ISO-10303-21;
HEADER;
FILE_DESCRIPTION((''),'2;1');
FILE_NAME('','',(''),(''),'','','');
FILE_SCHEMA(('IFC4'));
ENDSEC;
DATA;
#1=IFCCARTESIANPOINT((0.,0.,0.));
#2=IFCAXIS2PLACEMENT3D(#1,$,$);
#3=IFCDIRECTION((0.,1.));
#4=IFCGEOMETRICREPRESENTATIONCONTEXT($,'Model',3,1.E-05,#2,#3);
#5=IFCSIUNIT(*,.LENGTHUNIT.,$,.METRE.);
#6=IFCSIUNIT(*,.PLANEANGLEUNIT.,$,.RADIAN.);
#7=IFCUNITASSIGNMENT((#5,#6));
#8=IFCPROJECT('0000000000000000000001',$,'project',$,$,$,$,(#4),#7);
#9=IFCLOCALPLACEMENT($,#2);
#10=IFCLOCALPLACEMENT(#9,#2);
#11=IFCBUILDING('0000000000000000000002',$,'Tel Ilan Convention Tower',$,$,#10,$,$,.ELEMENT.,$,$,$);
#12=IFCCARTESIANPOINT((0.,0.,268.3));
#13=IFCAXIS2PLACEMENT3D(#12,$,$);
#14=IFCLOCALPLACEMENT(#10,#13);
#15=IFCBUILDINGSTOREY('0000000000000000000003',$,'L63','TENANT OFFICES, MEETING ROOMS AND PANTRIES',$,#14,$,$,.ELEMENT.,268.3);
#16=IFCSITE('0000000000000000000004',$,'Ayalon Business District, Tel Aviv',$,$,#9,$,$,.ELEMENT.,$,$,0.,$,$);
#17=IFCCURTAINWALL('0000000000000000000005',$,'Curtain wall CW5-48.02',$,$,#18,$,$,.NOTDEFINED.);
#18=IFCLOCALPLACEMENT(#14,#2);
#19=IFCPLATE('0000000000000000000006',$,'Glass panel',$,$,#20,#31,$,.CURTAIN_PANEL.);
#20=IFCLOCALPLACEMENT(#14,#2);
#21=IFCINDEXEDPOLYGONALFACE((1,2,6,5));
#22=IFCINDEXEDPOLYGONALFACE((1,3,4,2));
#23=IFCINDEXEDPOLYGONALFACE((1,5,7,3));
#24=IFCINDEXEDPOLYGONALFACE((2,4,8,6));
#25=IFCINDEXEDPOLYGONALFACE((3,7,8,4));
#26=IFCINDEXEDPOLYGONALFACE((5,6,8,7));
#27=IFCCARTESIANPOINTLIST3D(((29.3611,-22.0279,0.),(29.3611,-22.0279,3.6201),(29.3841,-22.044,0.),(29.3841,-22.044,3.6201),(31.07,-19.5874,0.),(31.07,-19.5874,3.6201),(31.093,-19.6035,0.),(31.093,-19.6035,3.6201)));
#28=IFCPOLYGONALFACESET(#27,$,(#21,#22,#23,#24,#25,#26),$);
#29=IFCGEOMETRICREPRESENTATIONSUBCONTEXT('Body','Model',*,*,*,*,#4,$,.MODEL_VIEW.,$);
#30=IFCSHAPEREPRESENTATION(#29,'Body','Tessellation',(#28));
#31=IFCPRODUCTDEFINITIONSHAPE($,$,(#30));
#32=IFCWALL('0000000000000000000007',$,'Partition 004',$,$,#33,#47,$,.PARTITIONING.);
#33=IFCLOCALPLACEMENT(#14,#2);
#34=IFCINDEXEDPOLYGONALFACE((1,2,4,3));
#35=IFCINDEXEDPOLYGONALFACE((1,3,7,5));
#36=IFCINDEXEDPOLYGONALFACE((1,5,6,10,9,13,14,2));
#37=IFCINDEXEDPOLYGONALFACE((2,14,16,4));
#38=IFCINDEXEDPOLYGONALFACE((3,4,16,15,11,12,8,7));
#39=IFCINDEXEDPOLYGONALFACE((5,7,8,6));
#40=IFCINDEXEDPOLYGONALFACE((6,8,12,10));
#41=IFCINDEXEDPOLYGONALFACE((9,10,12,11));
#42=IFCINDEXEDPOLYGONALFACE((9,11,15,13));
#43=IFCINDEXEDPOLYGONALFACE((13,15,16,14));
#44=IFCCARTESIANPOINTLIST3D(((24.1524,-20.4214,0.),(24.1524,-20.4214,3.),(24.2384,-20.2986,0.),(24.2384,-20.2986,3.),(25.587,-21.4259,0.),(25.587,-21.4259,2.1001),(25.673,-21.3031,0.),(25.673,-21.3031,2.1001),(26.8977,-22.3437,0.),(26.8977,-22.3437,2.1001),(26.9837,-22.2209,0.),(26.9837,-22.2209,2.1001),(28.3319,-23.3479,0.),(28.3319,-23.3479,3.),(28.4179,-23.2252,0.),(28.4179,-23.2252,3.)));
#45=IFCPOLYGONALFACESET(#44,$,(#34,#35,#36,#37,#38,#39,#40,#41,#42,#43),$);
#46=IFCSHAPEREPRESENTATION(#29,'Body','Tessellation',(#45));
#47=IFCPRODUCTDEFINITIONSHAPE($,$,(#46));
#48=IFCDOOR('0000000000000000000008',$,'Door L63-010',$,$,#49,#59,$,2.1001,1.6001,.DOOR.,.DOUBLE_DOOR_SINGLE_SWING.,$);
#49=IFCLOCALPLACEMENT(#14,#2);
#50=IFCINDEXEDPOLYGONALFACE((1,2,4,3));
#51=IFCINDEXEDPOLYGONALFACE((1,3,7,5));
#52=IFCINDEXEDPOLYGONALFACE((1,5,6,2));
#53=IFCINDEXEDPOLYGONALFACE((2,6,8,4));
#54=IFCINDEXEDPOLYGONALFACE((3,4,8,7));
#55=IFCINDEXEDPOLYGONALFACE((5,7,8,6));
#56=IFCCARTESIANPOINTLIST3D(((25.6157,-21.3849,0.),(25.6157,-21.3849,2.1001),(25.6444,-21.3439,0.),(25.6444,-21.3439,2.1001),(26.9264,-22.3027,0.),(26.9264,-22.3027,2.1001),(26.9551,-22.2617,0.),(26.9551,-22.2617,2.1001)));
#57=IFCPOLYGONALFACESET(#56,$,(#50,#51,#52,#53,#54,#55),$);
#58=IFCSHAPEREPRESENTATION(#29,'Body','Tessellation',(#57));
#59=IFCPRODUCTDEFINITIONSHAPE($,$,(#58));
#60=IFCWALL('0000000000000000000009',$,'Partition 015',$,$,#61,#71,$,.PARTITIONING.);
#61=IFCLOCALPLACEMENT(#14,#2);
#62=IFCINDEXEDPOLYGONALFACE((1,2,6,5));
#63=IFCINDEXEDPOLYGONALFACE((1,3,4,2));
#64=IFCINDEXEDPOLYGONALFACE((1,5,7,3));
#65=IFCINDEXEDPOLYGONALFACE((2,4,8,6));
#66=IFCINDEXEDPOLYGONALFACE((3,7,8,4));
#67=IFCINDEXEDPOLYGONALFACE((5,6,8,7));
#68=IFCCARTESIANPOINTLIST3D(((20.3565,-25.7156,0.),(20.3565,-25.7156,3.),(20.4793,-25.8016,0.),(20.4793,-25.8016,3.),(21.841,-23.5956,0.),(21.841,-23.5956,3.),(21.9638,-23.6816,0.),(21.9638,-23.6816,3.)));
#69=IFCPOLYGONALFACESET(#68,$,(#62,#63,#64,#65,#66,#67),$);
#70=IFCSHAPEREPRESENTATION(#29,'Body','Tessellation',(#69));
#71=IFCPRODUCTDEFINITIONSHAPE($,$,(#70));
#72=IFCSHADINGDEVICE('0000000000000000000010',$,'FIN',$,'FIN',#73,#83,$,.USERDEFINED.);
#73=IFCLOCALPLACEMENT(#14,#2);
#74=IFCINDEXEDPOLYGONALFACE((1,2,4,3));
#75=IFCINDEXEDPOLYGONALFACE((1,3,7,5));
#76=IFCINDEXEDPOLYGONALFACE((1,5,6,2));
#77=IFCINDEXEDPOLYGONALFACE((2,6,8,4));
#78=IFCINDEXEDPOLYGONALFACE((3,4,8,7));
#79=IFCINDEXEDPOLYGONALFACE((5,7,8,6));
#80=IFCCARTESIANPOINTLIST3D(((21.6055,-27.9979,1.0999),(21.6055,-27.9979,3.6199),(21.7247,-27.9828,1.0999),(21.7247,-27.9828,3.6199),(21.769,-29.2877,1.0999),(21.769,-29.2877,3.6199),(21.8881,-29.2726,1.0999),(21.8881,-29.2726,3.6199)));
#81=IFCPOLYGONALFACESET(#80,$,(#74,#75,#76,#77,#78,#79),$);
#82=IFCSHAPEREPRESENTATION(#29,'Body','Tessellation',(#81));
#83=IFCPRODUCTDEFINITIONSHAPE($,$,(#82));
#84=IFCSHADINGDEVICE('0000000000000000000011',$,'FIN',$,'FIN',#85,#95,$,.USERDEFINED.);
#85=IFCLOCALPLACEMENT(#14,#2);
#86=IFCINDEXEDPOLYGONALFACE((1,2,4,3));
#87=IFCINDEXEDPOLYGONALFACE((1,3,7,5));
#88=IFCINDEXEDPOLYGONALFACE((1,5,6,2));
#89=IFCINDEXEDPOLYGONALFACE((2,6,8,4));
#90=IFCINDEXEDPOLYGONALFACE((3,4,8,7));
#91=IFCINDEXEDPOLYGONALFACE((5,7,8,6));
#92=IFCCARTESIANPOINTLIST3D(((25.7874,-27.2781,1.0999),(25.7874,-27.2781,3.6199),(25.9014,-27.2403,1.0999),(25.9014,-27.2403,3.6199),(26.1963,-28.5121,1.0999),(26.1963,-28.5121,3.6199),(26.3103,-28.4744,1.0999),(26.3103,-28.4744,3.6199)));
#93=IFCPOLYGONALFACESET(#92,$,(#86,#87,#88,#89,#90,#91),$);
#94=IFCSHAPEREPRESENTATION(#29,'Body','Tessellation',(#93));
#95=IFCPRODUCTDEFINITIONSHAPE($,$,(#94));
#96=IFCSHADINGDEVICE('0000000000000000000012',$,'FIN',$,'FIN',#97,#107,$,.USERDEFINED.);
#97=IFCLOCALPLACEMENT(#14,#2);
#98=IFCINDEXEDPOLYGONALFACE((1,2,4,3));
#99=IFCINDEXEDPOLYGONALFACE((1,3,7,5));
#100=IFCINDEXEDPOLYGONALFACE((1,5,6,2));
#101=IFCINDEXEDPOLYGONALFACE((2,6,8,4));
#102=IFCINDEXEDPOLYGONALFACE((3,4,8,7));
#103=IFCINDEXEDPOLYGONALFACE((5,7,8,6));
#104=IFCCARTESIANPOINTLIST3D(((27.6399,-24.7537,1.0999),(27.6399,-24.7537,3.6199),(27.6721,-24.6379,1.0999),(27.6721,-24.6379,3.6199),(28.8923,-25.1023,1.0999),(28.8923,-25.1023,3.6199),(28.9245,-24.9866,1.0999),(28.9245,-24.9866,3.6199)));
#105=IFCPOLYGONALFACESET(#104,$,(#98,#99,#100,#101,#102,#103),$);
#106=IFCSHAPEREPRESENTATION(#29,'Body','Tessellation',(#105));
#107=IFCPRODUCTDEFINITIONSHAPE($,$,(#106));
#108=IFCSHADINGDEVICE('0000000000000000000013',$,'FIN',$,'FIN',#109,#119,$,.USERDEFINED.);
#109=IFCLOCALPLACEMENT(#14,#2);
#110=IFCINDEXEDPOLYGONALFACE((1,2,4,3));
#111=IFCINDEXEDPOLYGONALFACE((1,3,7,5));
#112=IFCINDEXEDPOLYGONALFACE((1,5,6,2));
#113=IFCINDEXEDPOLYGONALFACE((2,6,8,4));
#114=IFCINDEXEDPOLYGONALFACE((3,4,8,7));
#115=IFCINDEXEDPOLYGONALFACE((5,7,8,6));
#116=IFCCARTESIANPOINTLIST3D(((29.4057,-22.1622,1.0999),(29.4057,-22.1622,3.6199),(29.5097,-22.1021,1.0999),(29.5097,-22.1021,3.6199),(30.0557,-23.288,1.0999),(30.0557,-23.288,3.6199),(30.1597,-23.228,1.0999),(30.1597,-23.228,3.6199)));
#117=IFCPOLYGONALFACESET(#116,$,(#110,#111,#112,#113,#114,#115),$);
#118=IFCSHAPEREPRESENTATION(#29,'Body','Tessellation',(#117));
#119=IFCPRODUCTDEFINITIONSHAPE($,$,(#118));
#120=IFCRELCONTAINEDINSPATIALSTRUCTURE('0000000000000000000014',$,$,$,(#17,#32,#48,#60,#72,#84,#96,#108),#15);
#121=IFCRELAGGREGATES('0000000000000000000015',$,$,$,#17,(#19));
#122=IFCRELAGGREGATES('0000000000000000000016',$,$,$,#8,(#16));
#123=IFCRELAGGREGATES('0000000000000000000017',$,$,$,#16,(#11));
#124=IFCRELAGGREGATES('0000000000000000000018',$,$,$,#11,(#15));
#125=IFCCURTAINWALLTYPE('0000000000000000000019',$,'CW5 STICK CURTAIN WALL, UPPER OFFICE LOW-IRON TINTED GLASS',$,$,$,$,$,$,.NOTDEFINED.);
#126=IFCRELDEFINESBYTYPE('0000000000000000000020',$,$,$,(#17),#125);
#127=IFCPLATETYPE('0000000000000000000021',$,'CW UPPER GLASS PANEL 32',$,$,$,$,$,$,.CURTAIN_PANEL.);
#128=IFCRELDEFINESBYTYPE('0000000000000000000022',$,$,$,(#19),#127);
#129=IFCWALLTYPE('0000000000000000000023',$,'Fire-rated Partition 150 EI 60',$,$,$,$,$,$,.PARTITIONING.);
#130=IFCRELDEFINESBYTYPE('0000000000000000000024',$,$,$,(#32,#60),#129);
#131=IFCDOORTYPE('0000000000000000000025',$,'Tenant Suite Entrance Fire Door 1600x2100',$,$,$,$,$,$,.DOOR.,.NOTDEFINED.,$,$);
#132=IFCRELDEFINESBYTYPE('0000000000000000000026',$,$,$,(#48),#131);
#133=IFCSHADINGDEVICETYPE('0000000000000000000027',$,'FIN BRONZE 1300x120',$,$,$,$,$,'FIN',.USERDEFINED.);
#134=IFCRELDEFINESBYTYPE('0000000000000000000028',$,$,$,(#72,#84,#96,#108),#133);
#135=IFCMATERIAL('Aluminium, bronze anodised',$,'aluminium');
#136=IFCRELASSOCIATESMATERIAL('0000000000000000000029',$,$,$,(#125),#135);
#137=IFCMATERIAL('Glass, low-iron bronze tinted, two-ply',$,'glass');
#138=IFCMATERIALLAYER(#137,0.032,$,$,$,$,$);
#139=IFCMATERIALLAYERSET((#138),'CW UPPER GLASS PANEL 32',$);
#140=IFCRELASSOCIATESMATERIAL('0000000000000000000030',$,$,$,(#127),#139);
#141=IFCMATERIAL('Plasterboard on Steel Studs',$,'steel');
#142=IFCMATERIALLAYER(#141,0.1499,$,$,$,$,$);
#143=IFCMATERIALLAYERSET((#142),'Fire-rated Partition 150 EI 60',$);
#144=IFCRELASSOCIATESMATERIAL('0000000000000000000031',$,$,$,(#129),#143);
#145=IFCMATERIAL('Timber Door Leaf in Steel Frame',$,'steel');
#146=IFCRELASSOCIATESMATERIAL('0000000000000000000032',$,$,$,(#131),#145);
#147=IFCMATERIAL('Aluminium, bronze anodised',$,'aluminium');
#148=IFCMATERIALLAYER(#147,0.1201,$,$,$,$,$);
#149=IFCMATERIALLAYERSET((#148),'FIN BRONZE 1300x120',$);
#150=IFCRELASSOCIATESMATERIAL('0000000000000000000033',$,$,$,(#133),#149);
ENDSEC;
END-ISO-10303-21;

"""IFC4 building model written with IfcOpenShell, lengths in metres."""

from ifc_helpers import new_model, si_unit, direction, frame, frame_2d, origin, origin_2d, place, context, subcontext, project, spatial, rectangle, extrude, material, layer, layer_set, type_object, element, fill, aggregate, save


model = new_model("IFC4")

# Units and contexts
model_context = context("Model", 3, precision=1e-05, world=origin(), true_north=direction((0.0, 1.0)))
body_context = subcontext(model_context, "Body", "Model", "MODEL_VIEW")
ifc_project = project(units=[si_unit("LENGTHUNIT", "METRE"), si_unit("PLANEANGLEUNIT", "RADIAN")], contexts=[model_context])

# Site, building, storey
site_placement = place(None, origin())
site = spatial("IfcSite", under=ifc_project, at=site_placement, Name="Ayalon Business District, Tel Aviv", CompositionType="ELEMENT", RefElevation=0.0)
building_placement = place(site_placement, origin())
building = spatial("IfcBuilding", under=site, at=building_placement, Name="Tel Ilan Convention Tower", CompositionType="ELEMENT")
storey_placement = place(building_placement, frame((0.0, 0.0, 268.3)))
storey = spatial("IfcBuildingStorey", under=building, at=storey_placement, Name="L63", Description="TENANT OFFICES, MEETING ROOMS AND PANTRIES", CompositionType="ELEMENT", Elevation=268.3)

# Curtain wall, plate
ifc_material_1 = material(Name="Aluminium, bronze anodised", Category="aluminium")
curtain_wall_type = type_object("IfcCurtainWallType", Name="CW5 STICK CURTAIN WALL, UPPER OFFICE LOW-IRON TINTED GLASS", PredefinedType="NOTDEFINED", material=ifc_material_1)
curtain_wall_placement = place(storey_placement, origin())
curtain_wall = element("IfcCurtainWall", 1, at=curtain_wall_placement, inside=storey, type_object=curtain_wall_type, Name="Curtain wall CW5-48.02", PredefinedType="NOTDEFINED")
ifc_material_2 = material(Name="Glass, low-iron bronze tinted, two-ply", Category="glass")
ifc_layer_1 = layer(ifc_material_2, 0.032)
ifc_layer_set_1 = layer_set([ifc_layer_1], Name="CW UPPER GLASS PANEL 32")
plate_type = type_object("IfcPlateType", Name="CW UPPER GLASS PANEL 32", PredefinedType="CURTAIN_PANEL", material=ifc_layer_set_1)
plate_1_placement = place(storey_placement, frame((30.2271, -20.8157, 0.0), z_axis=(0.0, 0.0, 1.0), x_axis=(0.573576, 0.819152, 0.0)))
plate_1 = element("IfcPlate", 2, at=plate_1_placement, type_object=plate_type, Name="Glass panel", PredefinedType="CURTAIN_PANEL", context=body_context, shape_type="SweptSolid", body=[
    extrude(rectangle(XDim=2.9792, YDim=0.0281, at=origin_2d()), origin(), (0.0, 0.0, 1.0), 3.6201),
])
aggregate(curtain_wall, [plate_1])

# Wall, opening, door
ifc_material_3 = material(Name="Plasterboard on Steel Studs", Category="steel")
ifc_layer_2 = layer(ifc_material_3, 0.1499)
ifc_layer_set_2 = layer_set([ifc_layer_2], Name="Fire-rated Partition 150 EI 60")
wall_type = type_object("IfcWallType", Name="Fire-rated Partition 150 EI 60", PredefinedType="PARTITIONING", material=ifc_layer_set_2)
wall_1_placement = place(storey_placement, frame((28.375, -23.2866, 0.0), z_axis=(0.0, 0.0, 1.0), x_axis=(-0.819149, 0.573581, 0.0)))
wall_1 = element("IfcWall", 3, at=wall_1_placement, inside=storey, type_object=wall_type, Name="Partition 004", PredefinedType="PARTITIONING", context=body_context, shape_type="SweptSolid", body=[
    extrude(rectangle(XDim=5.1023, YDim=0.1499, at=frame_2d((2.5513, 0.0))), origin(), (0.0, 0.0, 1.0), 3.0),
])
opening_placement = place(wall_1_placement, frame((1.751, 0.0, 0.0)))
opening = element("IfcOpeningElement", 4, at=opening_placement, cuts=wall_1, PredefinedType="OPENING", context=body_context, shape_type="SweptSolid", body=[
    extrude(rectangle(XDim=1.6001, YDim=2.1001, at=frame_2d((0.8, 1.05))), frame((0.0, 0.085, 0.0), z_axis=(0.0, -1.0, 0.0), x_axis=(1.0, 0.0, 0.0)), (0.0, 0.0, 1.0), 0.1699),
])
ifc_material_4 = material(Name="Timber Door Leaf in Steel Frame", Category="steel")
door_type = type_object("IfcDoorType", Name="Tenant Suite Entrance Fire Door 1600x2100", OperationType="NOTDEFINED", PredefinedType="DOOR", material=ifc_material_4)
door_placement = place(opening_placement, origin())
door = element("IfcDoor", 5, at=door_placement, inside=storey, type_object=door_type, Name="Door L63-010", OperationType="DOUBLE_DOOR_SINGLE_SWING", OverallHeight=2.1001, OverallWidth=1.6001, PredefinedType="DOOR", context=body_context, shape_type="SweptSolid", body=[
    extrude(rectangle(XDim=1.6001, YDim=2.1001, at=frame_2d((0.8, 1.05))), frame((0.0, 0.0249, 0.0), z_axis=(0.0, -1.0, 0.0), x_axis=(1.0, 0.0, 0.0)), (0.0, 0.0, 1.0), 0.05),
])
fill(opening, door)

# Wall
wall_2_placement = place(storey_placement, frame((21.9023, -23.6387, 0.0), z_axis=(0.0, 0.0, 1.0), x_axis=(-0.573602, -0.819134, 0.0)))
element("IfcWall", 6, at=wall_2_placement, inside=storey, type_object=wall_type, Name="Partition 015", PredefinedType="PARTITIONING", context=body_context, shape_type="SweptSolid", body=[
    extrude(rectangle(XDim=2.5881, YDim=0.1499, at=frame_2d((1.2939, 0.0))), origin(), (0.0, 0.0, 1.0), 3.0),
])

# Shading devices
ifc_material_5 = material(Name="Aluminium, bronze anodised", Category="aluminium")
ifc_layer_3 = layer(ifc_material_5, 0.1201)
ifc_layer_set_3 = layer_set([ifc_layer_3], Name="FIN BRONZE 1300x120")
shading_device_type = type_object("IfcShadingDeviceType", Name="FIN BRONZE 1300x120", ElementType="FIN", PredefinedType="USERDEFINED", material=ifc_layer_set_3)
for number, where, z_axis, x_axis, name in (
    (7, (21.7468, -28.6353, 1.0999), (0.0, 0.0, 1.0), (0.125718, -0.992066, 0.0), "FIN"),
    (8, (26.0488, -27.8762, 1.0999), (0.0, 0.0, 1.0), (0.314545, -0.949243, 0.0), "FIN"),
    (9, (28.2822, -24.8701, 1.0999), (0.0, 0.0, 1.0), (0.963371, -0.268173, 0.0), "FIN"),
    (10, (29.7827, -22.6951, 1.0999), (0.0, 0.0, 1.0), (0.5, -0.866025, 0.0), "FIN"),
):
    element("IfcShadingDevice", number, at=place(storey_placement, frame(where, z_axis=z_axis, x_axis=x_axis)), inside=storey, type_object=shading_device_type, Name=name, ObjectType="FIN", PredefinedType="USERDEFINED", context=body_context, shape_type="SweptSolid", body=[
        extrude(rectangle(XDim=1.3, YDim=0.1201, at=origin_2d()), origin(), (0.0, 0.0, 1.0), 2.52),
    ])

save(model, "model.ifc")
